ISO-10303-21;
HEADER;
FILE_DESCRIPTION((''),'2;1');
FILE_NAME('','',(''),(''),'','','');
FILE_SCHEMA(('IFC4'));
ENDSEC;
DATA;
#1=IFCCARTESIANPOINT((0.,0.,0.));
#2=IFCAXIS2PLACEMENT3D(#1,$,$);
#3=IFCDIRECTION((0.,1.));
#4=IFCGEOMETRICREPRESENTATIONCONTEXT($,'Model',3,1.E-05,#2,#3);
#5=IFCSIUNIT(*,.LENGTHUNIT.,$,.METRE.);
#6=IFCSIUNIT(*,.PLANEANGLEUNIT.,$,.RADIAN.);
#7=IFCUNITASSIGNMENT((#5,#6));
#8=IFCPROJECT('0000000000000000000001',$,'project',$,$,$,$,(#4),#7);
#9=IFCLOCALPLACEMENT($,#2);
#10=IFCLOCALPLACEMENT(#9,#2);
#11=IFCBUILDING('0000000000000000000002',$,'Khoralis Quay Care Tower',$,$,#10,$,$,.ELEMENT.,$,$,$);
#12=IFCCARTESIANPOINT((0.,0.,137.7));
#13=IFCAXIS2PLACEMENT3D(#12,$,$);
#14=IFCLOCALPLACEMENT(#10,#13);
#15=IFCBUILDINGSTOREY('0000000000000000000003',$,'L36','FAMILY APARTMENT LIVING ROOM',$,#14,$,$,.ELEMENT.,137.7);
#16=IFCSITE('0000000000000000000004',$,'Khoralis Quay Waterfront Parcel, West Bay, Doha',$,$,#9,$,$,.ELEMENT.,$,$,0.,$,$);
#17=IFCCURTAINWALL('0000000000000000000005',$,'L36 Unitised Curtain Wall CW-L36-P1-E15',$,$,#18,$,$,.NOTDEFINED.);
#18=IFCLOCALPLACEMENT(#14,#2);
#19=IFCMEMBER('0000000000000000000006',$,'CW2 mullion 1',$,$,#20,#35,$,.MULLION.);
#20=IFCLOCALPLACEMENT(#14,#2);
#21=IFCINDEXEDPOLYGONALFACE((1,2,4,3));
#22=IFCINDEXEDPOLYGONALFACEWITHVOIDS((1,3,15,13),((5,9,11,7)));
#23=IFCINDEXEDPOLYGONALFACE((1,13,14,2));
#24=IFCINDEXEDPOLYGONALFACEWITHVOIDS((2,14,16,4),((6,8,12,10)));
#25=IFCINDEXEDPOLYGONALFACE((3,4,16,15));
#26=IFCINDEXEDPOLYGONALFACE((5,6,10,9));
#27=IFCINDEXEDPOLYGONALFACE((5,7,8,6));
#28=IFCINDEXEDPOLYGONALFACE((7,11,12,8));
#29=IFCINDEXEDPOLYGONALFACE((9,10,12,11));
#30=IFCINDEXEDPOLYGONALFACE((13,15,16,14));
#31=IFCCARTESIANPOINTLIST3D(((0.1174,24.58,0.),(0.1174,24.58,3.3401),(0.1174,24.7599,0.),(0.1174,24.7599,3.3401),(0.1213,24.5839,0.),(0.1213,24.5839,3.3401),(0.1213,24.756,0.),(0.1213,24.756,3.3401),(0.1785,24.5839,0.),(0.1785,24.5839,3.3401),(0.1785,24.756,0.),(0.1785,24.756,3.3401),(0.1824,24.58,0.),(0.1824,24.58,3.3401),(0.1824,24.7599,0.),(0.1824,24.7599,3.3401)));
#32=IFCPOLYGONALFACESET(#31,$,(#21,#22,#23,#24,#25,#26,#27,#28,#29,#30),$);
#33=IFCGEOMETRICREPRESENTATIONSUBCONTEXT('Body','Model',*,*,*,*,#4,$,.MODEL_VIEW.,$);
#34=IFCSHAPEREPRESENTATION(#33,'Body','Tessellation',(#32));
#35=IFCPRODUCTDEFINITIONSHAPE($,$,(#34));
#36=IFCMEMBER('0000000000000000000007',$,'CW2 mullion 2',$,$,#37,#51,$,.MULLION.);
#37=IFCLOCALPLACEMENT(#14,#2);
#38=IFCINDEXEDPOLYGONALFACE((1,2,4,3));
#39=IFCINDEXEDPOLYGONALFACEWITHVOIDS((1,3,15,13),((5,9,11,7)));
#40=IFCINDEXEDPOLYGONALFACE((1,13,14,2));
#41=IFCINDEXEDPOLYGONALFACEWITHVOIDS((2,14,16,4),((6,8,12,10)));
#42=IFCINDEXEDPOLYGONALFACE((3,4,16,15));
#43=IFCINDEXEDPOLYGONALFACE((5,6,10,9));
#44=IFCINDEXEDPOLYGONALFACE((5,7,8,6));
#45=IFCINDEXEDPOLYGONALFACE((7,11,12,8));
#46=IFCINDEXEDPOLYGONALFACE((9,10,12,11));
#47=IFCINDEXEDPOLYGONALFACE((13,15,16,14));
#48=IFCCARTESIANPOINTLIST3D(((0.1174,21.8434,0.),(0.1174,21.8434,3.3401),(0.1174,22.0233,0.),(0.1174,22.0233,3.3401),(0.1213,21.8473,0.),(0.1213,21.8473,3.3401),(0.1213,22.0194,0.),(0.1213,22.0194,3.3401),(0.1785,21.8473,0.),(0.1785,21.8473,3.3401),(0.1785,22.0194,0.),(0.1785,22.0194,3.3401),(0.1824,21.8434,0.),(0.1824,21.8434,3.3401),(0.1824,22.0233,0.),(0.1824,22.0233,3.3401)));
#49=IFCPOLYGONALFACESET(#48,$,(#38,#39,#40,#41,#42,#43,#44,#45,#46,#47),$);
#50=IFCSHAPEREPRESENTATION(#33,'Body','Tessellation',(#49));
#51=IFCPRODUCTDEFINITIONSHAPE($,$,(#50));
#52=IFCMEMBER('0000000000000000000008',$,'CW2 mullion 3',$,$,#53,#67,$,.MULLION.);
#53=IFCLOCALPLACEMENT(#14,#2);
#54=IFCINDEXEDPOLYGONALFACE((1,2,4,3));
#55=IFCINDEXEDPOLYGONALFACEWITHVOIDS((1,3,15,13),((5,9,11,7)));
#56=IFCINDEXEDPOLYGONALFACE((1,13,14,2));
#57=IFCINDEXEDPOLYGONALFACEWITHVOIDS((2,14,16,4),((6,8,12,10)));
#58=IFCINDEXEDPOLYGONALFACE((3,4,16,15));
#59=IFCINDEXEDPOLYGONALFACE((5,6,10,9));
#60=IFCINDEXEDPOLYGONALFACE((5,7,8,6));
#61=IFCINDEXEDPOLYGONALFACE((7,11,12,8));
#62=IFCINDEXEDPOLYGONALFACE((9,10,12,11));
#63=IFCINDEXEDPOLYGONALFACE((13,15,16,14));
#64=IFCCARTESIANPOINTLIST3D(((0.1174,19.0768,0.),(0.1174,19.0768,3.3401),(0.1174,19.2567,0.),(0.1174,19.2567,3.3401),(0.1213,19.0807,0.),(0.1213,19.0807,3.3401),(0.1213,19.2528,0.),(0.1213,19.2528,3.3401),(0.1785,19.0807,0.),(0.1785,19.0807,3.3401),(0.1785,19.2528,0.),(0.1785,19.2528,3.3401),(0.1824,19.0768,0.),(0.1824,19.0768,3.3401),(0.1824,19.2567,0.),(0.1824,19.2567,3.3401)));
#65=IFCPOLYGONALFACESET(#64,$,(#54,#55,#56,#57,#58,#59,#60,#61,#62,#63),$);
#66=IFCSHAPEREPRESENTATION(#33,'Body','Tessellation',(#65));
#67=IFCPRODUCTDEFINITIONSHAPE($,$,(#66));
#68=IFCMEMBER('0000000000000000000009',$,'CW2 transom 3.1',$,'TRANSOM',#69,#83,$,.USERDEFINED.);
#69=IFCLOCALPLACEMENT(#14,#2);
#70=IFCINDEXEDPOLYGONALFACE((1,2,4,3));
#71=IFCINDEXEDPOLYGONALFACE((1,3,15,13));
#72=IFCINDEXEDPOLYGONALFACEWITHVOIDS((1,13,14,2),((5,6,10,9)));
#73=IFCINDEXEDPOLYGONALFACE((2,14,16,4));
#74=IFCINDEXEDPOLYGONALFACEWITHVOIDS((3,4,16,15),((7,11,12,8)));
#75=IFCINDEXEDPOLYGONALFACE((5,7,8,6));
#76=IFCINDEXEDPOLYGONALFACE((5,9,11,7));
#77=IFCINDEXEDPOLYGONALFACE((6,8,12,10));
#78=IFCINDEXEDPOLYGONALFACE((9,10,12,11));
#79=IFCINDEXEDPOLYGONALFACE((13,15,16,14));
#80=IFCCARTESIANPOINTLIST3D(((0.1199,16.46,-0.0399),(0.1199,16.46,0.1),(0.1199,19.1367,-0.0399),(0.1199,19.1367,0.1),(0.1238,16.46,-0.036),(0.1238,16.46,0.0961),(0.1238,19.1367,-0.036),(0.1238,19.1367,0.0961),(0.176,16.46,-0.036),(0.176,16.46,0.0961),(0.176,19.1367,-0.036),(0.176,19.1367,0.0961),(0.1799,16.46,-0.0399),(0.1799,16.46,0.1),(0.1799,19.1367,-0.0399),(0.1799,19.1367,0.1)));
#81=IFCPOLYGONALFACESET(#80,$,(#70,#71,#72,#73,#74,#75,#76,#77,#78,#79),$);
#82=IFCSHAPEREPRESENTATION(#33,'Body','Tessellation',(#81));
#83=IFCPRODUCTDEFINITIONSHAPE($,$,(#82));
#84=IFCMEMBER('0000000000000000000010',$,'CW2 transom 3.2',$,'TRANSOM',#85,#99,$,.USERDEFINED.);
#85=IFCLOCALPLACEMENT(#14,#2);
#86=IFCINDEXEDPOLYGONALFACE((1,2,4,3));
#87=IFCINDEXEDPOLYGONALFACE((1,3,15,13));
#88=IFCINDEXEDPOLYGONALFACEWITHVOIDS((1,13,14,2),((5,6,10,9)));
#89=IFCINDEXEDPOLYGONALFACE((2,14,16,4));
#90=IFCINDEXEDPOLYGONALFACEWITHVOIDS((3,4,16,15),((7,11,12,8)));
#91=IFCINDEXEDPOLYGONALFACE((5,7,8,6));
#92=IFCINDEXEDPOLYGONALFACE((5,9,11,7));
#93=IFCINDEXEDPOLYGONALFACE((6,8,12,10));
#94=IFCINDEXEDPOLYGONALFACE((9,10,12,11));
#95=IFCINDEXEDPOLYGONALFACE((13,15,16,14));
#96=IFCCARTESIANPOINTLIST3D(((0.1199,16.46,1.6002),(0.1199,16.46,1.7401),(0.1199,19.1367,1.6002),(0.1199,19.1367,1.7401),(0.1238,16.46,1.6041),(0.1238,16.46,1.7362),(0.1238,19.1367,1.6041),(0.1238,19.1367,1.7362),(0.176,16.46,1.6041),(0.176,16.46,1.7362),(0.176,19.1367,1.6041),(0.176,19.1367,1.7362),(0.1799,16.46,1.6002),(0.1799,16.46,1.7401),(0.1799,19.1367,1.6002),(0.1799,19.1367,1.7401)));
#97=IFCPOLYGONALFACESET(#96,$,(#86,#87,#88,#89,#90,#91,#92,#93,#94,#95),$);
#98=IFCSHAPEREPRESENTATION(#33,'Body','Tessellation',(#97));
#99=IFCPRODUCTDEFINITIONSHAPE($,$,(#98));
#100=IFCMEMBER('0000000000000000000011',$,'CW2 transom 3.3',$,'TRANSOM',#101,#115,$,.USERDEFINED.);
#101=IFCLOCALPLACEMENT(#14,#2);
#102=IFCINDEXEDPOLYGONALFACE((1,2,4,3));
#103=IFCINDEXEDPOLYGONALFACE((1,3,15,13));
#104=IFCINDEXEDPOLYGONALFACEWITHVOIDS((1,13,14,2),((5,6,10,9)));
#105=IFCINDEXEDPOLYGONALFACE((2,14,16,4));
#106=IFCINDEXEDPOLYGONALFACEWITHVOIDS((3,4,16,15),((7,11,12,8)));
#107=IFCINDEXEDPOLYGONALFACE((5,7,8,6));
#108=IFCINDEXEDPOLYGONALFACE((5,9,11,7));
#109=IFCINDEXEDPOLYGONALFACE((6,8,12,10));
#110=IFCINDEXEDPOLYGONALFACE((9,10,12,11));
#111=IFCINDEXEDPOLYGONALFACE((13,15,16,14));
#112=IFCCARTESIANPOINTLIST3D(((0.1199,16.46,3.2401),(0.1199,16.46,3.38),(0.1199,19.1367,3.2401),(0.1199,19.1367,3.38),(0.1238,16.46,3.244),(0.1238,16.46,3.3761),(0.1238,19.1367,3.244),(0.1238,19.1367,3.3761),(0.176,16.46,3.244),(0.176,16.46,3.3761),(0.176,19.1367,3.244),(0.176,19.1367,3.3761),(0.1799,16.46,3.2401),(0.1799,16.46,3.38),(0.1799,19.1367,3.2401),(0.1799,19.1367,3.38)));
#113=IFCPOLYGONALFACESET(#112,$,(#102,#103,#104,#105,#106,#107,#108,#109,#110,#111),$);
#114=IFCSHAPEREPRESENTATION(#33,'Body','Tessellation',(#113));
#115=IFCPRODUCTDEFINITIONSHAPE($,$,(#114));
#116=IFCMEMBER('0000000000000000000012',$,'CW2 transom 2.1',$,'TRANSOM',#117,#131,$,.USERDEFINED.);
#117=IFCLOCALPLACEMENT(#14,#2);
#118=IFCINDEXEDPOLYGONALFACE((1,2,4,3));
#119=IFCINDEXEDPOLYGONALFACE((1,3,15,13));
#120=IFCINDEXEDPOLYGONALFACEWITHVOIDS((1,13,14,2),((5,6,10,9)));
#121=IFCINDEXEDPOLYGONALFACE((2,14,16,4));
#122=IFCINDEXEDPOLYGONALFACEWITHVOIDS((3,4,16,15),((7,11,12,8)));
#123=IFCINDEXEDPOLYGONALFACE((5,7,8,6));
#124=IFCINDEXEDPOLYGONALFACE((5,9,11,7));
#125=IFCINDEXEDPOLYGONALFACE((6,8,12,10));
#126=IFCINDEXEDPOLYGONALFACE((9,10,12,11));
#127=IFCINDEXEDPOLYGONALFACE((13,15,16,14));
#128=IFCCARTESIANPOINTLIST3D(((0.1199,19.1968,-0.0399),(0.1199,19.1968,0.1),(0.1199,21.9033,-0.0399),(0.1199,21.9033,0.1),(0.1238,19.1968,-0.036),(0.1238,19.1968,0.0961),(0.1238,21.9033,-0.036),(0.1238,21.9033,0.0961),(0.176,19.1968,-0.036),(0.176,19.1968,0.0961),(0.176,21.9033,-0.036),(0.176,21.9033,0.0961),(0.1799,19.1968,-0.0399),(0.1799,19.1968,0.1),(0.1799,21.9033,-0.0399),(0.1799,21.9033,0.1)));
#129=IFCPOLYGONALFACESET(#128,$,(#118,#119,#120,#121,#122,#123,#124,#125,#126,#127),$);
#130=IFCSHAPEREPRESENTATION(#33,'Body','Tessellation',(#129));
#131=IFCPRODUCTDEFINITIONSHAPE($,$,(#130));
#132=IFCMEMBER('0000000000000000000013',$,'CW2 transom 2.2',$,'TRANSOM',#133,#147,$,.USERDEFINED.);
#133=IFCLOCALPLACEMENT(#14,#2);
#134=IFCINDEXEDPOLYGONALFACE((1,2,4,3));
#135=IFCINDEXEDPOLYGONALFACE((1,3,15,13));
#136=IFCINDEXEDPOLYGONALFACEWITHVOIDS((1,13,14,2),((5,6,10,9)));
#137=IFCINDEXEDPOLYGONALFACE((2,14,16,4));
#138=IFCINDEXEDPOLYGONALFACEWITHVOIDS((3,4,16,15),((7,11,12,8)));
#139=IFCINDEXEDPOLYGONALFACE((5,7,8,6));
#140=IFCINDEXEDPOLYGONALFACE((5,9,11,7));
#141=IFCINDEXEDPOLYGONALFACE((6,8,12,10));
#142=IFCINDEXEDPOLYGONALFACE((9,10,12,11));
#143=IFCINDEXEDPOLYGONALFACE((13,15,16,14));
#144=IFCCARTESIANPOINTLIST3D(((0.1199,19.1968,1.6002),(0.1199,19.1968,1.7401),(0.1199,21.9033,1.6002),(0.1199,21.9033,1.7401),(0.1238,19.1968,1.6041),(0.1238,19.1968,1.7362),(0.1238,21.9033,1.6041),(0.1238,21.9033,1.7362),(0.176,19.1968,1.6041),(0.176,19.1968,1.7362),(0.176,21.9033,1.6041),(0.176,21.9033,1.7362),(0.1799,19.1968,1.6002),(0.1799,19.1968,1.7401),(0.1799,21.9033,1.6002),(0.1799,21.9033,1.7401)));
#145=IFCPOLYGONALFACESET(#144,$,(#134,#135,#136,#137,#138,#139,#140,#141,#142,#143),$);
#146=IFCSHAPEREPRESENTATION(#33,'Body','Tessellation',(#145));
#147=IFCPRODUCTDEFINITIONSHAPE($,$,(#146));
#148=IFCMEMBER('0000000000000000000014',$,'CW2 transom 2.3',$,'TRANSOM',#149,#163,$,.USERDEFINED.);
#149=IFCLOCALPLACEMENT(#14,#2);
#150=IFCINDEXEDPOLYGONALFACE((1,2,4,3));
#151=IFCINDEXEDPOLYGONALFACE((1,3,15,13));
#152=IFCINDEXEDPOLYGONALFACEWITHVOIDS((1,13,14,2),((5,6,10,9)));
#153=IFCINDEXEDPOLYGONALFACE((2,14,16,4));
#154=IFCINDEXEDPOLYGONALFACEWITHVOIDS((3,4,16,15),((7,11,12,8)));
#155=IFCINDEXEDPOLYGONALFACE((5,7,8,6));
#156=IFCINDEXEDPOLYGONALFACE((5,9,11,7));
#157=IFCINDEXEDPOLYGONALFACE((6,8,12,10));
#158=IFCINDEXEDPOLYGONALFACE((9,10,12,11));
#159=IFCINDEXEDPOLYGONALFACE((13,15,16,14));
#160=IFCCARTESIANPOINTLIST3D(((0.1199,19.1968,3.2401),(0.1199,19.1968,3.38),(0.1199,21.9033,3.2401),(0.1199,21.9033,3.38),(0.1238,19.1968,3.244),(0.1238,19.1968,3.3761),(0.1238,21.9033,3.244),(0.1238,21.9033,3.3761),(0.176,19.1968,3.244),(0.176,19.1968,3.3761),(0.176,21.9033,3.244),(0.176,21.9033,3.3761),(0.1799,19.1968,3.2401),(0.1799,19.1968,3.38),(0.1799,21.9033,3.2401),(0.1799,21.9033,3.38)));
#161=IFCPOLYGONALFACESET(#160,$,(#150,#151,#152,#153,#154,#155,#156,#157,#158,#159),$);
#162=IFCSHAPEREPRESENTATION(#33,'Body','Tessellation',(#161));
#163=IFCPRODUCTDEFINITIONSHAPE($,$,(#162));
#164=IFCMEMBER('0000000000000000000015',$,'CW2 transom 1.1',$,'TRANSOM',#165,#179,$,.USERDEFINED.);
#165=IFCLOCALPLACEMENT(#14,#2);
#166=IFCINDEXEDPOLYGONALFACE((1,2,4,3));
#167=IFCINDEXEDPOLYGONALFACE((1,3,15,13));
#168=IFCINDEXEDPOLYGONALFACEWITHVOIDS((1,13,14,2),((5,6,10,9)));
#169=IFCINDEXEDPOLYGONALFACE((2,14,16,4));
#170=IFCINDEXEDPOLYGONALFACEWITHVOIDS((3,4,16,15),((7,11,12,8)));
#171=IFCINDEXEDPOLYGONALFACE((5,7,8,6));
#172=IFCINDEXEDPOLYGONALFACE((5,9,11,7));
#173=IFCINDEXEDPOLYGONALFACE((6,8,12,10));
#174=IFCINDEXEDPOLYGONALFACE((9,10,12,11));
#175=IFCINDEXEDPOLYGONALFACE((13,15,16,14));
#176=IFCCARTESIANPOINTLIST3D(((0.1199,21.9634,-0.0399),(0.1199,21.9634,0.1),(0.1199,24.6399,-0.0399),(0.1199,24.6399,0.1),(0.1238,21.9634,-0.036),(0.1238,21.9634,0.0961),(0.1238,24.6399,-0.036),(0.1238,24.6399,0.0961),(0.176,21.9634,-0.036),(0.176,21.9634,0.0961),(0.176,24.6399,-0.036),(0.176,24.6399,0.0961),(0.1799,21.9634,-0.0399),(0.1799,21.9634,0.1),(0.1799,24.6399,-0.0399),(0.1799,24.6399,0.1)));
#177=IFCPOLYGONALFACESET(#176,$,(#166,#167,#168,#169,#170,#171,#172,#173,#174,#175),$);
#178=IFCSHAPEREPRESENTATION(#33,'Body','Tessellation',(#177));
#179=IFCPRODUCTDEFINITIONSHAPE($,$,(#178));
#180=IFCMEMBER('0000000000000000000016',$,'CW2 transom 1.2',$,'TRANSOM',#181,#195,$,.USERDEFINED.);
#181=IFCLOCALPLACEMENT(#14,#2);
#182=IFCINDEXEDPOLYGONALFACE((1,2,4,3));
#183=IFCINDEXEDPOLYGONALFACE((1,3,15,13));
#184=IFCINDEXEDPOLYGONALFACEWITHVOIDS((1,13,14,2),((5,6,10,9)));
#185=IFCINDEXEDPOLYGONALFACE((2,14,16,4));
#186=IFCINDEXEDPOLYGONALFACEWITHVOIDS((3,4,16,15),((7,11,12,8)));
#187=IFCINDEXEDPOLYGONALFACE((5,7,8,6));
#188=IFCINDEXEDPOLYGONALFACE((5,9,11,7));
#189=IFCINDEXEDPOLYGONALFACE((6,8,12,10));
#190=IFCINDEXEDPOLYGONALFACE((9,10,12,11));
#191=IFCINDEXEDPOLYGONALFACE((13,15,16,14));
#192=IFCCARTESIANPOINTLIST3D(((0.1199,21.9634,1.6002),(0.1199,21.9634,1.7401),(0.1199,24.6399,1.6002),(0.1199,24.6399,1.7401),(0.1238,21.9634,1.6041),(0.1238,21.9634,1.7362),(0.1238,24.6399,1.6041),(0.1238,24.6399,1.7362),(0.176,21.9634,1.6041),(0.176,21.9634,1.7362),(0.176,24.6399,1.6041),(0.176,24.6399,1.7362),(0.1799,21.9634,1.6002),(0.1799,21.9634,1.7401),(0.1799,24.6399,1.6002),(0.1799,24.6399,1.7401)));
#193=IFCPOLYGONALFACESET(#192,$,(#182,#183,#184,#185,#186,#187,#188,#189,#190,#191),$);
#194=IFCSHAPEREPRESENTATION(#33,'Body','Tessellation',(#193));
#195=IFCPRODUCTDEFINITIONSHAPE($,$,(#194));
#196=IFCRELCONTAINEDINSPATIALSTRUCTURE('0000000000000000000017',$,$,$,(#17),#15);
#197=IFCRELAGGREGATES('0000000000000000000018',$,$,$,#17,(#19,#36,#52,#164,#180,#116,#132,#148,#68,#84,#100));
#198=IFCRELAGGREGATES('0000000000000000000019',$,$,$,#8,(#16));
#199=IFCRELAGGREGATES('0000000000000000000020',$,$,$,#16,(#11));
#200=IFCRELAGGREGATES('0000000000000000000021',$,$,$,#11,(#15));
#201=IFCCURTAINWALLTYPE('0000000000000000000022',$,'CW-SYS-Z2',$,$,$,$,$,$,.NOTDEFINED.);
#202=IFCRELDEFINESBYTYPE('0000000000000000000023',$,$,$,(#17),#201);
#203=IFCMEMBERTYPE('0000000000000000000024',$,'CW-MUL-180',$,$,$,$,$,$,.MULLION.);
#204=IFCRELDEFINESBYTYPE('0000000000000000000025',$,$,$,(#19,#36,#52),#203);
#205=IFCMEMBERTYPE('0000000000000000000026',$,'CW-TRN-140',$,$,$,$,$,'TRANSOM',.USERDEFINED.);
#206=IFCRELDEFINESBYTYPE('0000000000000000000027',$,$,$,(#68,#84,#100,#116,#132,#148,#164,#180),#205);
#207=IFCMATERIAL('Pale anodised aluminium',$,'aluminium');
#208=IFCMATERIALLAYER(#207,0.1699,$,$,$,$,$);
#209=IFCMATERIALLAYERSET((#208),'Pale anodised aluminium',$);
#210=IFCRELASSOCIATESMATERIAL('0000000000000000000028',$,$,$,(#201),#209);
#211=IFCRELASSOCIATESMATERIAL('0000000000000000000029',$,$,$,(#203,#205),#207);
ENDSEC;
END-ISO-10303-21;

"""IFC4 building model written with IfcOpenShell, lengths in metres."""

from ifc_helpers import new_model, si_unit, direction, frame, origin, origin_2d, place, context, subcontext, project, spatial, hollow_rectangle, extrude, source, transform, mapped, material, layer, layer_set, material_profile, profile_set, type_object, element, aggregate, save


model = new_model("IFC4")

# Units and contexts
model_context = context("Model", 3, precision=1e-05, world=origin(), true_north=direction((0.0, 1.0)))
body_context = subcontext(model_context, "Body", "Model", "MODEL_VIEW")
ifc_project = project(units=[si_unit("LENGTHUNIT", "METRE"), si_unit("PLANEANGLEUNIT", "RADIAN")], contexts=[model_context])

# Site, building, storey
site_placement = place(None, origin())
site = spatial("IfcSite", under=ifc_project, at=site_placement, Name="Khoralis Quay Waterfront Parcel, West Bay, Doha", CompositionType="ELEMENT", RefElevation=0.0)
building_placement = place(site_placement, origin())
building = spatial("IfcBuilding", under=site, at=building_placement, Name="Khoralis Quay Care Tower", CompositionType="ELEMENT")
storey_placement = place(building_placement, frame((0.0, 0.0, 137.7)))
storey = spatial("IfcBuildingStorey", under=building, at=storey_placement, Name="L36", Description="FAMILY APARTMENT LIVING ROOM", CompositionType="ELEMENT", Elevation=137.7)

# Curtain wall, members
ifc_material_1 = material(Name="Pale anodised aluminium", Category="aluminium")
ifc_layer_1 = layer(ifc_material_1, 0.1699)
ifc_layer_set_1 = layer_set([ifc_layer_1], Name="Pale anodised aluminium")
curtain_wall_type = type_object("IfcCurtainWallType", Name="CW-SYS-Z2", PredefinedType="NOTDEFINED", material=ifc_layer_set_1)
curtain_wall_placement = place(storey_placement, origin())
curtain_wall = element("IfcCurtainWall", 1, at=curtain_wall_placement, inside=storey, type_object=curtain_wall_type, Name="L36 Unitised Curtain Wall CW-L36-P1-E15", PredefinedType="NOTDEFINED")
ifc_material_profile_1 = material_profile(ifc_material_1, hollow_rectangle(XDim=0.0649, YDim=0.1799, WallThickness=0.0039, at=origin_2d()), Name="Pale anodised aluminium")
ifc_profile_set_1 = profile_set([ifc_material_profile_1], Name="Pale anodised aluminium")
member_type_1 = type_object("IfcMemberType", Name="CW-MUL-180", PredefinedType="MULLION", material=ifc_profile_set_1)
shared_shape_1 = source(origin(), body_context, "Body", "SweptSolid", [
    extrude(hollow_rectangle(XDim=0.0649, YDim=0.1799, WallThickness=0.0039, at=origin_2d()), origin(), (0.0, 0.0, 1.0), 3.3401),
])
member_1_placement = place(storey_placement, frame((0.1499, 24.6699, 0.0), z_axis=(0.0, 0.0, 1.0), x_axis=(1.0, 0.0, 0.0)))
member_1 = element("IfcMember", 2, at=member_1_placement, type_object=member_type_1, Name="CW2 mullion 1", PredefinedType="MULLION", context=body_context, shape_type="MappedRepresentation", body=[
    mapped(shared_shape_1, transform((0.0, 0.0, 0.0), scale=1.0)),
])
member_2_placement = place(storey_placement, frame((0.1499, 21.9333, 0.0), z_axis=(0.0, 0.0, 1.0), x_axis=(1.0, 0.0, 0.0)))
member_2 = element("IfcMember", 3, at=member_2_placement, type_object=member_type_1, Name="CW2 mullion 2", PredefinedType="MULLION", context=body_context, shape_type="MappedRepresentation", body=[
    mapped(shared_shape_1, transform((0.0, 0.0, 0.0), scale=1.0)),
])
member_3_placement = place(storey_placement, frame((0.1499, 19.1667, 0.0), z_axis=(0.0, 0.0, 1.0), x_axis=(1.0, 0.0, 0.0)))
member_3 = element("IfcMember", 4, at=member_3_placement, type_object=member_type_1, Name="CW2 mullion 3", PredefinedType="MULLION", context=body_context, shape_type="MappedRepresentation", body=[
    mapped(shared_shape_1, transform((0.0, 0.0, 0.0), scale=1.0)),
])
ifc_material_profile_2 = material_profile(ifc_material_1, hollow_rectangle(XDim=0.0601, YDim=0.1399, WallThickness=0.0039, at=origin_2d()), Name="Pale anodised aluminium")
ifc_profile_set_2 = profile_set([ifc_material_profile_2], Name="Pale anodised aluminium")
member_type_2 = type_object("IfcMemberType", Name="CW-TRN-140", ElementType="TRANSOM", PredefinedType="USERDEFINED", material=ifc_profile_set_2)
shared_shape_2 = source(origin(), body_context, "Body", "SweptSolid", [
    extrude(hollow_rectangle(XDim=0.0601, YDim=0.1399, WallThickness=0.0039, at=origin_2d()), origin(), (0.0, 0.0, 1.0), 2.6768),
])
member_4_placement = place(storey_placement, frame((0.1499, 19.1367, 0.03), z_axis=(0.0, -1.0, 0.0), x_axis=(1.0, 0.0, 0.0)))
member_4 = element("IfcMember", 5, at=member_4_placement, type_object=member_type_2, Name="CW2 transom 3.1", ObjectType="TRANSOM", PredefinedType="USERDEFINED", context=body_context, shape_type="MappedRepresentation", body=[
    mapped(shared_shape_2, transform((0.0, 0.0, 0.0), scale=1.0)),
])
member_5_placement = place(storey_placement, frame((0.1499, 19.1367, 1.6702), z_axis=(0.0, -1.0, 0.0), x_axis=(1.0, 0.0, 0.0)))
member_5 = element("IfcMember", 6, at=member_5_placement, type_object=member_type_2, Name="CW2 transom 3.2", ObjectType="TRANSOM", PredefinedType="USERDEFINED", context=body_context, shape_type="MappedRepresentation", body=[
    mapped(shared_shape_2, transform((0.0, 0.0, 0.0), scale=1.0)),
])
member_6_placement = place(storey_placement, frame((0.1499, 19.1367, 3.3101), z_axis=(0.0, -1.0, 0.0), x_axis=(1.0, 0.0, 0.0)))
member_6 = element("IfcMember", 7, at=member_6_placement, type_object=member_type_2, Name="CW2 transom 3.3", ObjectType="TRANSOM", PredefinedType="USERDEFINED", context=body_context, shape_type="MappedRepresentation", body=[
    mapped(shared_shape_2, transform((0.0, 0.0, 0.0), scale=1.0)),
])
shared_shape_3 = source(origin(), body_context, "Body", "SweptSolid", [
    extrude(hollow_rectangle(XDim=0.0601, YDim=0.1399, WallThickness=0.0039, at=origin_2d()), origin(), (0.0, 0.0, 1.0), 2.7065),
])
member_7_placement = place(storey_placement, frame((0.1499, 21.9033, 0.03), z_axis=(0.0, -1.0, 0.0), x_axis=(1.0, 0.0, 0.0)))
member_7 = element("IfcMember", 8, at=member_7_placement, type_object=member_type_2, Name="CW2 transom 2.1", ObjectType="TRANSOM", PredefinedType="USERDEFINED", context=body_context, shape_type="MappedRepresentation", body=[
    mapped(shared_shape_3, transform((0.0, 0.0, 0.0), scale=1.0)),
])
member_8_placement = place(storey_placement, frame((0.1499, 21.9033, 1.6702), z_axis=(0.0, -1.0, 0.0), x_axis=(1.0, 0.0, 0.0)))
member_8 = element("IfcMember", 9, at=member_8_placement, type_object=member_type_2, Name="CW2 transom 2.2", ObjectType="TRANSOM", PredefinedType="USERDEFINED", context=body_context, shape_type="MappedRepresentation", body=[
    mapped(shared_shape_3, transform((0.0, 0.0, 0.0), scale=1.0)),
])
member_9_placement = place(storey_placement, frame((0.1499, 21.9033, 3.3101), z_axis=(0.0, -1.0, 0.0), x_axis=(1.0, 0.0, 0.0)))
member_9 = element("IfcMember", 10, at=member_9_placement, type_object=member_type_2, Name="CW2 transom 2.3", ObjectType="TRANSOM", PredefinedType="USERDEFINED", context=body_context, shape_type="MappedRepresentation", body=[
    mapped(shared_shape_3, transform((0.0, 0.0, 0.0), scale=1.0)),
])
shared_shape_4 = source(origin(), body_context, "Body", "SweptSolid", [
    extrude(hollow_rectangle(XDim=0.0601, YDim=0.1399, WallThickness=0.0039, at=origin_2d()), origin(), (0.0, 0.0, 1.0), 2.6765),
])
member_10_placement = place(storey_placement, frame((0.1499, 24.6399, 0.03), z_axis=(0.0, -1.0, 0.0), x_axis=(1.0, 0.0, 0.0)))
member_10 = element("IfcMember", 11, at=member_10_placement, type_object=member_type_2, Name="CW2 transom 1.1", ObjectType="TRANSOM", PredefinedType="USERDEFINED", context=body_context, shape_type="MappedRepresentation", body=[
    mapped(shared_shape_4, transform((0.0, 0.0, 0.0), scale=1.0)),
])
member_11_placement = place(storey_placement, frame((0.1499, 24.6399, 1.6702), z_axis=(0.0, -1.0, 0.0), x_axis=(1.0, 0.0, 0.0)))
member_11 = element("IfcMember", 12, at=member_11_placement, type_object=member_type_2, Name="CW2 transom 1.2", ObjectType="TRANSOM", PredefinedType="USERDEFINED", context=body_context, shape_type="MappedRepresentation", body=[
    mapped(shared_shape_4, transform((0.0, 0.0, 0.0), scale=1.0)),
])
aggregate(curtain_wall, [member_1, member_2, member_3, member_10, member_11, member_7, member_8, member_9, member_4, member_5, member_6])

save(model, "model.ifc")
